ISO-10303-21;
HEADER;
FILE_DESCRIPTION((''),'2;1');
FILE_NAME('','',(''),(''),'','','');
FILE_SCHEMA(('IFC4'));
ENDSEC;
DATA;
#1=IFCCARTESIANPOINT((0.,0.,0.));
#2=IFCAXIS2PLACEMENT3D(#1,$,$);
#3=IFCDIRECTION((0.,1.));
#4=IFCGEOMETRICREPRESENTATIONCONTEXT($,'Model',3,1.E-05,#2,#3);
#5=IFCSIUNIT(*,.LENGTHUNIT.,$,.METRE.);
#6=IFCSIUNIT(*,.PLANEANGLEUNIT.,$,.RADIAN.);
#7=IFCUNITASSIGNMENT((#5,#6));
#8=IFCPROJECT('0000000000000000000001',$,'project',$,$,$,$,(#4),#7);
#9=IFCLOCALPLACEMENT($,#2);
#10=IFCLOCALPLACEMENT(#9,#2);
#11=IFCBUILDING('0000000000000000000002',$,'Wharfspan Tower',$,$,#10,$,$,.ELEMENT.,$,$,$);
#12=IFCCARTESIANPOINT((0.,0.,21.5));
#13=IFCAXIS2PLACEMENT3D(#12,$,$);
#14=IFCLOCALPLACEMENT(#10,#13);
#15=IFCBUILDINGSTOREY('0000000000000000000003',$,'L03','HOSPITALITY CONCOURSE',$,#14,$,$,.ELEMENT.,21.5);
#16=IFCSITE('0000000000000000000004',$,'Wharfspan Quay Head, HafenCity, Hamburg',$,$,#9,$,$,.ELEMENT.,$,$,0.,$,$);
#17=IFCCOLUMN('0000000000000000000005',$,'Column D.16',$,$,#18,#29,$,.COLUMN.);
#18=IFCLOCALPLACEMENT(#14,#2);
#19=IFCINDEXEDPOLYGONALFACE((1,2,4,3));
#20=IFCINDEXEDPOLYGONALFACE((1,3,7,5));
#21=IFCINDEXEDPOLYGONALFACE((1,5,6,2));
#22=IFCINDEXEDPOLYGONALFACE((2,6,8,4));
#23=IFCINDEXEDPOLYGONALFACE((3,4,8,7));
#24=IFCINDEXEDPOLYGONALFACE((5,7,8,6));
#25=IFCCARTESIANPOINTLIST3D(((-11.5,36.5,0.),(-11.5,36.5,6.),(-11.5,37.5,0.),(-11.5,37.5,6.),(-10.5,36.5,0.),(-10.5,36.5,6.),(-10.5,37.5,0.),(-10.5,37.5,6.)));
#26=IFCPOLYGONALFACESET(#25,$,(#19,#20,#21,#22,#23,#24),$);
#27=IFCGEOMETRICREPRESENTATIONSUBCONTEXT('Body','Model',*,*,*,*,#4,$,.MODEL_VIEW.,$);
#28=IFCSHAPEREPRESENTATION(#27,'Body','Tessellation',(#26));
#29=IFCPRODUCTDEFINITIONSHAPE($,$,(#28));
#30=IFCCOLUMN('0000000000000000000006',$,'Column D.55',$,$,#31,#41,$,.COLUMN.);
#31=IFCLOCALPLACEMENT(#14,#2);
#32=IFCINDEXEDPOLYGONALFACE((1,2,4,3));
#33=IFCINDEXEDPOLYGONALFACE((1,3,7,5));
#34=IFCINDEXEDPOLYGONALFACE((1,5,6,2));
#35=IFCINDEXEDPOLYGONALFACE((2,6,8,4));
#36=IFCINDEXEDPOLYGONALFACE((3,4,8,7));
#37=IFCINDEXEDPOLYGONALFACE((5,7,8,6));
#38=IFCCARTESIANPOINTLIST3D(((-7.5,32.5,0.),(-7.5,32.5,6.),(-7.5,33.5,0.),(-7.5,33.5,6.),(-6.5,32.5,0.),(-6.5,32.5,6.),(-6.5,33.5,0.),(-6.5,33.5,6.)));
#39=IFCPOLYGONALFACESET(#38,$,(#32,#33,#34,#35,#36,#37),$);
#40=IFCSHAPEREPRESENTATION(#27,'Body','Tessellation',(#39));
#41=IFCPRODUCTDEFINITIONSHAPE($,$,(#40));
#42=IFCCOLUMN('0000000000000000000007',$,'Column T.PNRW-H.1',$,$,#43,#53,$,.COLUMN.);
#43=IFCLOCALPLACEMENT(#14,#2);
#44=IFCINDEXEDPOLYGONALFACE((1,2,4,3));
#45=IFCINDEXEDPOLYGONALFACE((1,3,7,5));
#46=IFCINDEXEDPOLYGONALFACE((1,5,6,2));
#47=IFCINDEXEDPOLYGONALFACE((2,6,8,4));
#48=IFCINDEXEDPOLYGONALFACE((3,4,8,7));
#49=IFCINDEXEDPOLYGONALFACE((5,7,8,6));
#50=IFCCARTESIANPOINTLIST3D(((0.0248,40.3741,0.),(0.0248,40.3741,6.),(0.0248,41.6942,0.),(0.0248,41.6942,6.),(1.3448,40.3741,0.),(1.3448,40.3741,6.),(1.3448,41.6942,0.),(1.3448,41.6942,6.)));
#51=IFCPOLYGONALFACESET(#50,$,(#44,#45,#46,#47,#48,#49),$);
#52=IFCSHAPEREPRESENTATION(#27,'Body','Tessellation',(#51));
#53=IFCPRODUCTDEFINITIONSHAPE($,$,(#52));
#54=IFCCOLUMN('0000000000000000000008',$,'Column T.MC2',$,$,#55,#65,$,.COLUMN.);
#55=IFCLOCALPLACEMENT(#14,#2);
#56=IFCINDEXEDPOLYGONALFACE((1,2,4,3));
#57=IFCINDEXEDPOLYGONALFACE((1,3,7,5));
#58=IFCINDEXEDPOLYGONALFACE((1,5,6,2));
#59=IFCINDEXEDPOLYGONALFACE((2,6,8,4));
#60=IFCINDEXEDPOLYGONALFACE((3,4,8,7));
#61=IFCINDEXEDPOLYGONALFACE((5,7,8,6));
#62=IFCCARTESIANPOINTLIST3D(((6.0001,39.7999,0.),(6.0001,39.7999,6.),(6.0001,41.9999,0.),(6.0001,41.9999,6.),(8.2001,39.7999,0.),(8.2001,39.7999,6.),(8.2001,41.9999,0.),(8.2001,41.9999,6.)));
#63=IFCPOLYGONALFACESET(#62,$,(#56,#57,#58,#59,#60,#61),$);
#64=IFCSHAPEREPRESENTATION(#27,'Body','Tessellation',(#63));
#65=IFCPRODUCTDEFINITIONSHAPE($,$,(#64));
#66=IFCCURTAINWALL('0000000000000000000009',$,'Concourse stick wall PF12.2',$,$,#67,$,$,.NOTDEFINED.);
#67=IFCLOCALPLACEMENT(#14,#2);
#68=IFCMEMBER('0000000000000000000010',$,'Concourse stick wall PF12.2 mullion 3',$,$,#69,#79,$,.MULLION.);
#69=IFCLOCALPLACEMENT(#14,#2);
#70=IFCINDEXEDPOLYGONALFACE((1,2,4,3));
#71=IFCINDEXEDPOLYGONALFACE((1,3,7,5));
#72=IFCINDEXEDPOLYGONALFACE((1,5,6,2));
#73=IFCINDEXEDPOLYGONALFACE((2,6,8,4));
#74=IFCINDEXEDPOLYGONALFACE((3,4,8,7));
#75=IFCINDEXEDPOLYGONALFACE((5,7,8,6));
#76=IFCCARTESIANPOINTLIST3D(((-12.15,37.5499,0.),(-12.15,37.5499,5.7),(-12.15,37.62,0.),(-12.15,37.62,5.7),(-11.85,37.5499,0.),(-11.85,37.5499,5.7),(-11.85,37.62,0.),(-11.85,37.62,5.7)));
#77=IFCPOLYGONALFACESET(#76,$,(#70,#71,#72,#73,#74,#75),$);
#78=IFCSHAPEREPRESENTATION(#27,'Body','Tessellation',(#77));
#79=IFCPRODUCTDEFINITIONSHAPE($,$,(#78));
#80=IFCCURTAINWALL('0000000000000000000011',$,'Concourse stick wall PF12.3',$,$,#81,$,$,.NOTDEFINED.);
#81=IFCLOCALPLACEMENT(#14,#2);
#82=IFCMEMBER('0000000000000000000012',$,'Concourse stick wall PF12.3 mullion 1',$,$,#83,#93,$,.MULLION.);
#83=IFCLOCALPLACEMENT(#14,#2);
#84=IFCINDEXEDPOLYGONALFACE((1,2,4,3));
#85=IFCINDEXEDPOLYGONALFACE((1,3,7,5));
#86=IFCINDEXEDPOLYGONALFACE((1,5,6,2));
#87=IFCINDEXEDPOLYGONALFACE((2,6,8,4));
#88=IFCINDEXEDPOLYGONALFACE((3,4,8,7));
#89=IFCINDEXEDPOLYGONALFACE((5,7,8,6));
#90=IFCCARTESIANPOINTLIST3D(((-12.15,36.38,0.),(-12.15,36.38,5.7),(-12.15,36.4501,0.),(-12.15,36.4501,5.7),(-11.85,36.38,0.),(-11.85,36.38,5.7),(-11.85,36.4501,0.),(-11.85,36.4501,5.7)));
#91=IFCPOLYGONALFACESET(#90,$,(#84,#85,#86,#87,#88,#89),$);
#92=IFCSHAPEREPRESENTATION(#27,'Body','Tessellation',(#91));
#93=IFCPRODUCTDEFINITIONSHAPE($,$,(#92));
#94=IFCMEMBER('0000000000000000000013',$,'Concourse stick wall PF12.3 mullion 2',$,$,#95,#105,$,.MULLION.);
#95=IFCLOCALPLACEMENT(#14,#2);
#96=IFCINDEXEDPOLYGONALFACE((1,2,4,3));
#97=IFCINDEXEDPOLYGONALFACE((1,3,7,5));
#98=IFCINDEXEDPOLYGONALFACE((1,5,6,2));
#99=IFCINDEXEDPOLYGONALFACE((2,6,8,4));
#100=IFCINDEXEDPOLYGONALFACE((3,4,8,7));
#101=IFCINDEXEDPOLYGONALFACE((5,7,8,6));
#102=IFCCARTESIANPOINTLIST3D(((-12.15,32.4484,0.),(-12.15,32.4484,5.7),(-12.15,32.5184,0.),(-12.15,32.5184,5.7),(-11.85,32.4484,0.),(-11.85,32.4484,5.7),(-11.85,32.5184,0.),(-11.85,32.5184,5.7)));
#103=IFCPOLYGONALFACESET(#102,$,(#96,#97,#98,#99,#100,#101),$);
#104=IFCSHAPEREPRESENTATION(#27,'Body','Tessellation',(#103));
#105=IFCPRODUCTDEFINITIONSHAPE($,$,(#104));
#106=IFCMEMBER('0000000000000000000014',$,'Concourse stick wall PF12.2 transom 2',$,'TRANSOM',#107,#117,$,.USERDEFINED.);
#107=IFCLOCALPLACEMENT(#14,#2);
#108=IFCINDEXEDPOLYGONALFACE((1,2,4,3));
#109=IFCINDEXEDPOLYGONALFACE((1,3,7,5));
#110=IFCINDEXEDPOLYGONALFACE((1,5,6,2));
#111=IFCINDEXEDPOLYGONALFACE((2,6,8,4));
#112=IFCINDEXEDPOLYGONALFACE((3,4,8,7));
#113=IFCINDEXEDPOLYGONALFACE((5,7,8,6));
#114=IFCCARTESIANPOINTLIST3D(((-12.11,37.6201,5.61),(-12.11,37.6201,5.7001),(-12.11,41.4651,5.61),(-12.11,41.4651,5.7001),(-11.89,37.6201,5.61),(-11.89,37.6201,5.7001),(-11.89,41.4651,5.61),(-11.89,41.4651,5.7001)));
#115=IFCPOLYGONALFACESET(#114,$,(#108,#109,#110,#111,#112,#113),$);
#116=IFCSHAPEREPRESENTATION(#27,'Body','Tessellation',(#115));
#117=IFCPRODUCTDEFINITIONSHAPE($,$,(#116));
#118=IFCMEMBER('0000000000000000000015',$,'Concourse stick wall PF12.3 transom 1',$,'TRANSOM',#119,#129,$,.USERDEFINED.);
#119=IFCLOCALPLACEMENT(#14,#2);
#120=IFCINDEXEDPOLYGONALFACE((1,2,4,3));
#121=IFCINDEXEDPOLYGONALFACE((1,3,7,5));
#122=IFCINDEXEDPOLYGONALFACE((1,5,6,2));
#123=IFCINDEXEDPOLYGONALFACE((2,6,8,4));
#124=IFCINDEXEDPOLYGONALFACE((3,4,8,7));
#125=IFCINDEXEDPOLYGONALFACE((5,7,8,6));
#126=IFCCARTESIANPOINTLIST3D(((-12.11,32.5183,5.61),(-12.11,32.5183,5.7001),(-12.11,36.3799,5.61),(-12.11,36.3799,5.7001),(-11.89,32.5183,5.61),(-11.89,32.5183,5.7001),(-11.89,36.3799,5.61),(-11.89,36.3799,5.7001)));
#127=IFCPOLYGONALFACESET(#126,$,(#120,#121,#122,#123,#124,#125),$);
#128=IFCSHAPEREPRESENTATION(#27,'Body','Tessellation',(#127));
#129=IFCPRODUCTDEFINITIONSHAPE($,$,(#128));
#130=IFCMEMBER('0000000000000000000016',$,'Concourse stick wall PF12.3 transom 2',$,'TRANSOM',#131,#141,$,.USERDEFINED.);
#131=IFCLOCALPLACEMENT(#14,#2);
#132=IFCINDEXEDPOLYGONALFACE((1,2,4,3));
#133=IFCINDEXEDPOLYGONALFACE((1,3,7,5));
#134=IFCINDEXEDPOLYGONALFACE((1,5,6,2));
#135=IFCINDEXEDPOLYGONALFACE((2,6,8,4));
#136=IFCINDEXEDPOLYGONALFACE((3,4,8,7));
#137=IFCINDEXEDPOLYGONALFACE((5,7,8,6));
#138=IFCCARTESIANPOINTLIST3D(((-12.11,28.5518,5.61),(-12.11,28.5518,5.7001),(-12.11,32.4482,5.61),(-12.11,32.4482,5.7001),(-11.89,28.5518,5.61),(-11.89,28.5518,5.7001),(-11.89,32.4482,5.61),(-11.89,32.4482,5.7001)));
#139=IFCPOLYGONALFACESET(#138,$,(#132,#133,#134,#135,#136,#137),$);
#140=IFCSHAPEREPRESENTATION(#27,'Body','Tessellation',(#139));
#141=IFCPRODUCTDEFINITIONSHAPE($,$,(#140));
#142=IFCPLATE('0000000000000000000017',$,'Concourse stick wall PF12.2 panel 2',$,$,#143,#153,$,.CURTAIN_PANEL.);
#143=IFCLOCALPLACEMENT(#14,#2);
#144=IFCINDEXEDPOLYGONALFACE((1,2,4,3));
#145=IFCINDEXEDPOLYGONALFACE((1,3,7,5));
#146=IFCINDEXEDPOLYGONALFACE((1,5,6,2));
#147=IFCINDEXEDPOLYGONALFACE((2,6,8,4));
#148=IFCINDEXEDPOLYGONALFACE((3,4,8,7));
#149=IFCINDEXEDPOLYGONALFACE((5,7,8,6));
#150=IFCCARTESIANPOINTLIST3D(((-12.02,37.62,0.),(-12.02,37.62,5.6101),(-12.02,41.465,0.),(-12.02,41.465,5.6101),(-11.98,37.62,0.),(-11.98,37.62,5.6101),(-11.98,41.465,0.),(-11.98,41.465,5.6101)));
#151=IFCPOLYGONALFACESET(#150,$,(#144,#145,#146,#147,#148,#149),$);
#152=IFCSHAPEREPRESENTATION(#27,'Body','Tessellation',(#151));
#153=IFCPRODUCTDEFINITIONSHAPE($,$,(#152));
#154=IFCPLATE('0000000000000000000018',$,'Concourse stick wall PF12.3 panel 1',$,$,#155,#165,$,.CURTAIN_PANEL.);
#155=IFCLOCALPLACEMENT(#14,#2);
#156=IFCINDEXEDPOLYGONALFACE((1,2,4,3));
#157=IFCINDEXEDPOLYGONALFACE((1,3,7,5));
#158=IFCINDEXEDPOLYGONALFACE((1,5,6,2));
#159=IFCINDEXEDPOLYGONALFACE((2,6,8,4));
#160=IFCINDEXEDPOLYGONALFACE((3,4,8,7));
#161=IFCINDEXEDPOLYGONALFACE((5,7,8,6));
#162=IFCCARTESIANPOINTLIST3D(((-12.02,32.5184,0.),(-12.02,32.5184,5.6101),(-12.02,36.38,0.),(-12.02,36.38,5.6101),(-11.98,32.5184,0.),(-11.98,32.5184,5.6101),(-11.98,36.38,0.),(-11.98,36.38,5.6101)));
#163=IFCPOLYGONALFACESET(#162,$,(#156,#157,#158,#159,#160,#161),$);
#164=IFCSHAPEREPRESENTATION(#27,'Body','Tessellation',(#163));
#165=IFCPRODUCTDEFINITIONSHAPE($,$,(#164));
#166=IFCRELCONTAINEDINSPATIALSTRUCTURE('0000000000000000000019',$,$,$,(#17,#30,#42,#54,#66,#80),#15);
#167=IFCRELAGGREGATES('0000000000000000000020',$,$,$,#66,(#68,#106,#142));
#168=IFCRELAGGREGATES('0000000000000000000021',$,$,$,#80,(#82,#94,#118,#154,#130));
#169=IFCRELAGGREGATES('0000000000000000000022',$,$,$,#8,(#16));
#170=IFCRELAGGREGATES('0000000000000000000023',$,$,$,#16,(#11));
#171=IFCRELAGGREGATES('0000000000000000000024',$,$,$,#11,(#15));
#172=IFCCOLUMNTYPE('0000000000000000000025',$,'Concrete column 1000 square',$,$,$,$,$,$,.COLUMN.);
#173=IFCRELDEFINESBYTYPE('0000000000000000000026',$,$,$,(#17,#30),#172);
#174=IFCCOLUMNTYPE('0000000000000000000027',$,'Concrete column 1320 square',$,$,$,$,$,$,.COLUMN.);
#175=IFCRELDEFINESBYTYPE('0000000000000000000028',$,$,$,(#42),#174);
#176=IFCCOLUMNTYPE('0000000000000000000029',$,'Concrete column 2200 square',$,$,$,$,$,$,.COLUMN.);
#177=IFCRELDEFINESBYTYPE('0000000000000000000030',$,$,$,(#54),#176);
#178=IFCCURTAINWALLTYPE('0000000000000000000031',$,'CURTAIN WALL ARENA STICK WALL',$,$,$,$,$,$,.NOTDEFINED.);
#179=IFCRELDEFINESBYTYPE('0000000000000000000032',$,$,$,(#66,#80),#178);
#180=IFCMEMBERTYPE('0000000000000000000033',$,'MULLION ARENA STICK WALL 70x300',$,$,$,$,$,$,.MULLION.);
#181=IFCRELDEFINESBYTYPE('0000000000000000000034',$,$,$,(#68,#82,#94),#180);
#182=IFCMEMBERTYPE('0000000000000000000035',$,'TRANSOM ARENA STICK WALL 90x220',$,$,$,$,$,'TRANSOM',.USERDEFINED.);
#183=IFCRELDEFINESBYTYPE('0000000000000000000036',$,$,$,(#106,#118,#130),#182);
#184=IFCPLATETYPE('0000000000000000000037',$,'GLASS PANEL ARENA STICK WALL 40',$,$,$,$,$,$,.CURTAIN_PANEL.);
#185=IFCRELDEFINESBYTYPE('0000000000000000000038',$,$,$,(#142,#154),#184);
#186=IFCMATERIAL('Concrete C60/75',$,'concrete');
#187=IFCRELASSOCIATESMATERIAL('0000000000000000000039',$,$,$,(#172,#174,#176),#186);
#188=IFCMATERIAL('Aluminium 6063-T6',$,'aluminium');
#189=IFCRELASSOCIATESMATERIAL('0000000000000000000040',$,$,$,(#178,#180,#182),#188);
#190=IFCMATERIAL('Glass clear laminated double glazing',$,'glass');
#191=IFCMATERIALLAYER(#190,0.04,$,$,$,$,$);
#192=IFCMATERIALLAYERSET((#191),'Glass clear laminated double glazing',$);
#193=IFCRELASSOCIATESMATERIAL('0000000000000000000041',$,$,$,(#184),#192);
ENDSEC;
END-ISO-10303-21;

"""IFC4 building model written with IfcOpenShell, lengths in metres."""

from ifc_helpers import new_model, si_unit, direction, frame, origin, origin_2d, place, context, subcontext, project, spatial, rectangle, extrude, material, layer, layer_set, material_profile, profile_set, type_object, element, aggregate, save


model = new_model("IFC4")

# Units and contexts
model_context = context("Model", 3, precision=1e-05, world=origin(), true_north=direction((0.0, 1.0)))
body_context = subcontext(model_context, "Body", "Model", "MODEL_VIEW")
ifc_project = project(units=[si_unit("LENGTHUNIT", "METRE"), si_unit("PLANEANGLEUNIT", "RADIAN")], contexts=[model_context])

# Site, building, storey
site_placement = place(None, origin())
site = spatial("IfcSite", under=ifc_project, at=site_placement, Name="Wharfspan Quay Head, HafenCity, Hamburg", CompositionType="ELEMENT", RefElevation=0.0)
building_placement = place(site_placement, origin())
building = spatial("IfcBuilding", under=site, at=building_placement, Name="Wharfspan Tower", CompositionType="ELEMENT")
storey_placement = place(building_placement, frame((0.0, 0.0, 21.5)))
storey = spatial("IfcBuildingStorey", under=building, at=storey_placement, Name="L03", Description="HOSPITALITY CONCOURSE", CompositionType="ELEMENT", Elevation=21.5)

# Columns
ifc_material_1 = material(Name="Concrete C60/75", Category="concrete")
ifc_material_profile_1 = material_profile(ifc_material_1, rectangle(XDim=1.0, YDim=1.0, at=origin_2d()))
ifc_profile_set_1 = profile_set([ifc_material_profile_1], Name="Concrete C60/75")
column_type_1 = type_object("IfcColumnType", Name="Concrete column 1000 square", PredefinedType="COLUMN", material=ifc_profile_set_1)
for number, where, z_axis, x_axis, name in (
    (1, (-11.0, 37.0, 0.0), (0.0, 0.0, 1.0), (1.0, 0.0, 0.0), "Column D.16"),
    (2, (-7.0, 33.0, 0.0), (0.0, 0.0, 1.0), (1.0, 0.0, 0.0), "Column D.55"),
):
    element("IfcColumn", number, at=place(storey_placement, frame(where, z_axis=z_axis, x_axis=x_axis)), inside=storey, type_object=column_type_1, Name=name, PredefinedType="COLUMN", context=body_context, shape_type="SweptSolid", body=[
        extrude(rectangle(XDim=1.0, YDim=1.0, at=origin_2d()), origin(), (0.0, 0.0, 1.0), 6.0),
    ])
ifc_material_profile_2 = material_profile(ifc_material_1, rectangle(XDim=1.3201, YDim=1.3201, at=origin_2d()))
ifc_profile_set_2 = profile_set([ifc_material_profile_2], Name="Concrete C60/75")
column_type_2 = type_object("IfcColumnType", Name="Concrete column 1320 square", PredefinedType="COLUMN", material=ifc_profile_set_2)
column_1_placement = place(storey_placement, frame((0.6848, 41.0342, 0.0), z_axis=(0.0, 0.0, 1.0), x_axis=(1.0, 0.0, 0.0)))
element("IfcColumn", 3, at=column_1_placement, inside=storey, type_object=column_type_2, Name="Column T.PNRW-H.1", PredefinedType="COLUMN", context=body_context, shape_type="SweptSolid", body=[
    extrude(rectangle(XDim=1.3201, YDim=1.3201, at=origin_2d()), origin(), (0.0, 0.0, 1.0), 6.0),
])
ifc_material_profile_3 = material_profile(ifc_material_1, rectangle(XDim=2.2, YDim=2.2, at=origin_2d()))
ifc_profile_set_3 = profile_set([ifc_material_profile_3], Name="Concrete C60/75")
column_type_3 = type_object("IfcColumnType", Name="Concrete column 2200 square", PredefinedType="COLUMN", material=ifc_profile_set_3)
column_2_placement = place(storey_placement, frame((7.1001, 40.8999, 0.0), z_axis=(0.0, 0.0, 1.0), x_axis=(1.0, 0.0, 0.0)))
element("IfcColumn", 4, at=column_2_placement, inside=storey, type_object=column_type_3, Name="Column T.MC2", PredefinedType="COLUMN", context=body_context, shape_type="SweptSolid", body=[
    extrude(rectangle(XDim=2.2, YDim=2.2, at=origin_2d()), origin(), (0.0, 0.0, 1.0), 6.0),
])

# Curtain wall, member
ifc_material_2 = material(Name="Aluminium 6063-T6", Category="aluminium")
curtain_wall_type = type_object("IfcCurtainWallType", Name="CURTAIN WALL ARENA STICK WALL", PredefinedType="NOTDEFINED", material=ifc_material_2)
curtain_wall_1_placement = place(storey_placement, origin())
curtain_wall_1 = element("IfcCurtainWall", 5, at=curtain_wall_1_placement, inside=storey, type_object=curtain_wall_type, Name="Concourse stick wall PF12.2", PredefinedType="NOTDEFINED")
ifc_material_profile_4 = material_profile(ifc_material_2, rectangle(XDim=0.3, YDim=0.0701, at=origin_2d()))
ifc_profile_set_4 = profile_set([ifc_material_profile_4], Name="Aluminium 6063-T6")
member_type_1 = type_object("IfcMemberType", Name="MULLION ARENA STICK WALL 70x300", PredefinedType="MULLION", material=ifc_profile_set_4)
member_1_placement = place(storey_placement, frame((-12.0, 37.585, 0.0), z_axis=(0.0, 0.0, 1.0), x_axis=(1.0, 0.0, 0.0)))
member_1 = element("IfcMember", 6, at=member_1_placement, type_object=member_type_1, Name="Concourse stick wall PF12.2 mullion 3", PredefinedType="MULLION", context=body_context, shape_type="SweptSolid", body=[
    extrude(rectangle(XDim=0.3, YDim=0.0701, at=origin_2d()), origin(), (0.0, 0.0, 1.0), 5.7),
])

# Curtain wall, members
curtain_wall_2_placement = place(storey_placement, origin())
curtain_wall_2 = element("IfcCurtainWall", 7, at=curtain_wall_2_placement, inside=storey, type_object=curtain_wall_type, Name="Concourse stick wall PF12.3", PredefinedType="NOTDEFINED")
member_2_placement = place(storey_placement, frame((-12.0, 36.415, 0.0), z_axis=(0.0, 0.0, 1.0), x_axis=(1.0, 0.0, 0.0)))
member_2 = element("IfcMember", 8, at=member_2_placement, type_object=member_type_1, Name="Concourse stick wall PF12.3 mullion 1", PredefinedType="MULLION", context=body_context, shape_type="SweptSolid", body=[
    extrude(rectangle(XDim=0.3, YDim=0.0701, at=origin_2d()), origin(), (0.0, 0.0, 1.0), 5.7),
])
member_3_placement = place(storey_placement, frame((-12.0, 32.4834, 0.0), z_axis=(0.0, 0.0, 1.0), x_axis=(1.0, 0.0, 0.0)))
member_3 = element("IfcMember", 9, at=member_3_placement, type_object=member_type_1, Name="Concourse stick wall PF12.3 mullion 2", PredefinedType="MULLION", context=body_context, shape_type="SweptSolid", body=[
    extrude(rectangle(XDim=0.3, YDim=0.0701, at=origin_2d()), origin(), (0.0, 0.0, 1.0), 5.7),
])

# Members
ifc_material_profile_5 = material_profile(ifc_material_2, rectangle(XDim=0.22, YDim=0.0901, at=origin_2d()))
ifc_profile_set_5 = profile_set([ifc_material_profile_5], Name="Aluminium 6063-T6")
member_type_2 = type_object("IfcMemberType", Name="TRANSOM ARENA STICK WALL 90x220", ElementType="TRANSOM", PredefinedType="USERDEFINED", material=ifc_profile_set_5)
member_4_placement = place(storey_placement, frame((-12.0, 41.4651, 5.655), z_axis=(0.0, -1.0, 0.0), x_axis=(1.0, 0.0, 0.0)))
member_4 = element("IfcMember", 10, at=member_4_placement, type_object=member_type_2, Name="Concourse stick wall PF12.2 transom 2", ObjectType="TRANSOM", PredefinedType="USERDEFINED", context=body_context, shape_type="SweptSolid", body=[
    extrude(rectangle(XDim=0.22, YDim=0.0901, at=origin_2d()), origin(), (0.0, 0.0, 1.0), 3.845),
])
member_5_placement = place(storey_placement, frame((-12.0, 36.3799, 5.655), z_axis=(0.0, -1.0, 0.0), x_axis=(1.0, 0.0, 0.0)))
member_5 = element("IfcMember", 11, at=member_5_placement, type_object=member_type_2, Name="Concourse stick wall PF12.3 transom 1", ObjectType="TRANSOM", PredefinedType="USERDEFINED", context=body_context, shape_type="SweptSolid", body=[
    extrude(rectangle(XDim=0.22, YDim=0.0901, at=origin_2d()), origin(), (0.0, 0.0, 1.0), 3.8616),
])
member_6_placement = place(storey_placement, frame((-12.0, 32.4482, 5.655), z_axis=(0.0, -1.0, 0.0), x_axis=(1.0, 0.0, 0.0)))
member_6 = element("IfcMember", 12, at=member_6_placement, type_object=member_type_2, Name="Concourse stick wall PF12.3 transom 2", ObjectType="TRANSOM", PredefinedType="USERDEFINED", context=body_context, shape_type="SweptSolid", body=[
    extrude(rectangle(XDim=0.22, YDim=0.0901, at=origin_2d()), origin(), (0.0, 0.0, 1.0), 3.8965),
])

# Plates
ifc_material_3 = material(Name="Glass clear laminated double glazing", Category="glass")
ifc_layer_1 = layer(ifc_material_3, 0.04)
ifc_layer_set_1 = layer_set([ifc_layer_1], Name="Glass clear laminated double glazing")
plate_type = type_object("IfcPlateType", Name="GLASS PANEL ARENA STICK WALL 40", PredefinedType="CURTAIN_PANEL", material=ifc_layer_set_1)
plate_1_placement = place(storey_placement, frame((-12.0, 39.5425, 0.0), z_axis=(0.0, 0.0, 1.0), x_axis=(0.0, -1.0, 0.0)))
plate_1 = element("IfcPlate", 13, at=plate_1_placement, type_object=plate_type, Name="Concourse stick wall PF12.2 panel 2", PredefinedType="CURTAIN_PANEL", context=body_context, shape_type="SweptSolid", body=[
    extrude(rectangle(XDim=3.845, YDim=0.04, at=origin_2d()), origin(), (0.0, 0.0, 1.0), 5.6101),
])
aggregate(curtain_wall_1, [member_1, member_4, plate_1])
plate_2_placement = place(storey_placement, frame((-12.0, 34.4492, 0.0), z_axis=(0.0, 0.0, 1.0), x_axis=(0.0, -1.0, 0.0)))
plate_2 = element("IfcPlate", 14, at=plate_2_placement, type_object=plate_type, Name="Concourse stick wall PF12.3 panel 1", PredefinedType="CURTAIN_PANEL", context=body_context, shape_type="SweptSolid", body=[
    extrude(rectangle(XDim=3.8616, YDim=0.04, at=origin_2d()), origin(), (0.0, 0.0, 1.0), 5.6101),
])
aggregate(curtain_wall_2, [member_2, member_3, member_5, plate_2, member_6])

save(model, "model.ifc")
